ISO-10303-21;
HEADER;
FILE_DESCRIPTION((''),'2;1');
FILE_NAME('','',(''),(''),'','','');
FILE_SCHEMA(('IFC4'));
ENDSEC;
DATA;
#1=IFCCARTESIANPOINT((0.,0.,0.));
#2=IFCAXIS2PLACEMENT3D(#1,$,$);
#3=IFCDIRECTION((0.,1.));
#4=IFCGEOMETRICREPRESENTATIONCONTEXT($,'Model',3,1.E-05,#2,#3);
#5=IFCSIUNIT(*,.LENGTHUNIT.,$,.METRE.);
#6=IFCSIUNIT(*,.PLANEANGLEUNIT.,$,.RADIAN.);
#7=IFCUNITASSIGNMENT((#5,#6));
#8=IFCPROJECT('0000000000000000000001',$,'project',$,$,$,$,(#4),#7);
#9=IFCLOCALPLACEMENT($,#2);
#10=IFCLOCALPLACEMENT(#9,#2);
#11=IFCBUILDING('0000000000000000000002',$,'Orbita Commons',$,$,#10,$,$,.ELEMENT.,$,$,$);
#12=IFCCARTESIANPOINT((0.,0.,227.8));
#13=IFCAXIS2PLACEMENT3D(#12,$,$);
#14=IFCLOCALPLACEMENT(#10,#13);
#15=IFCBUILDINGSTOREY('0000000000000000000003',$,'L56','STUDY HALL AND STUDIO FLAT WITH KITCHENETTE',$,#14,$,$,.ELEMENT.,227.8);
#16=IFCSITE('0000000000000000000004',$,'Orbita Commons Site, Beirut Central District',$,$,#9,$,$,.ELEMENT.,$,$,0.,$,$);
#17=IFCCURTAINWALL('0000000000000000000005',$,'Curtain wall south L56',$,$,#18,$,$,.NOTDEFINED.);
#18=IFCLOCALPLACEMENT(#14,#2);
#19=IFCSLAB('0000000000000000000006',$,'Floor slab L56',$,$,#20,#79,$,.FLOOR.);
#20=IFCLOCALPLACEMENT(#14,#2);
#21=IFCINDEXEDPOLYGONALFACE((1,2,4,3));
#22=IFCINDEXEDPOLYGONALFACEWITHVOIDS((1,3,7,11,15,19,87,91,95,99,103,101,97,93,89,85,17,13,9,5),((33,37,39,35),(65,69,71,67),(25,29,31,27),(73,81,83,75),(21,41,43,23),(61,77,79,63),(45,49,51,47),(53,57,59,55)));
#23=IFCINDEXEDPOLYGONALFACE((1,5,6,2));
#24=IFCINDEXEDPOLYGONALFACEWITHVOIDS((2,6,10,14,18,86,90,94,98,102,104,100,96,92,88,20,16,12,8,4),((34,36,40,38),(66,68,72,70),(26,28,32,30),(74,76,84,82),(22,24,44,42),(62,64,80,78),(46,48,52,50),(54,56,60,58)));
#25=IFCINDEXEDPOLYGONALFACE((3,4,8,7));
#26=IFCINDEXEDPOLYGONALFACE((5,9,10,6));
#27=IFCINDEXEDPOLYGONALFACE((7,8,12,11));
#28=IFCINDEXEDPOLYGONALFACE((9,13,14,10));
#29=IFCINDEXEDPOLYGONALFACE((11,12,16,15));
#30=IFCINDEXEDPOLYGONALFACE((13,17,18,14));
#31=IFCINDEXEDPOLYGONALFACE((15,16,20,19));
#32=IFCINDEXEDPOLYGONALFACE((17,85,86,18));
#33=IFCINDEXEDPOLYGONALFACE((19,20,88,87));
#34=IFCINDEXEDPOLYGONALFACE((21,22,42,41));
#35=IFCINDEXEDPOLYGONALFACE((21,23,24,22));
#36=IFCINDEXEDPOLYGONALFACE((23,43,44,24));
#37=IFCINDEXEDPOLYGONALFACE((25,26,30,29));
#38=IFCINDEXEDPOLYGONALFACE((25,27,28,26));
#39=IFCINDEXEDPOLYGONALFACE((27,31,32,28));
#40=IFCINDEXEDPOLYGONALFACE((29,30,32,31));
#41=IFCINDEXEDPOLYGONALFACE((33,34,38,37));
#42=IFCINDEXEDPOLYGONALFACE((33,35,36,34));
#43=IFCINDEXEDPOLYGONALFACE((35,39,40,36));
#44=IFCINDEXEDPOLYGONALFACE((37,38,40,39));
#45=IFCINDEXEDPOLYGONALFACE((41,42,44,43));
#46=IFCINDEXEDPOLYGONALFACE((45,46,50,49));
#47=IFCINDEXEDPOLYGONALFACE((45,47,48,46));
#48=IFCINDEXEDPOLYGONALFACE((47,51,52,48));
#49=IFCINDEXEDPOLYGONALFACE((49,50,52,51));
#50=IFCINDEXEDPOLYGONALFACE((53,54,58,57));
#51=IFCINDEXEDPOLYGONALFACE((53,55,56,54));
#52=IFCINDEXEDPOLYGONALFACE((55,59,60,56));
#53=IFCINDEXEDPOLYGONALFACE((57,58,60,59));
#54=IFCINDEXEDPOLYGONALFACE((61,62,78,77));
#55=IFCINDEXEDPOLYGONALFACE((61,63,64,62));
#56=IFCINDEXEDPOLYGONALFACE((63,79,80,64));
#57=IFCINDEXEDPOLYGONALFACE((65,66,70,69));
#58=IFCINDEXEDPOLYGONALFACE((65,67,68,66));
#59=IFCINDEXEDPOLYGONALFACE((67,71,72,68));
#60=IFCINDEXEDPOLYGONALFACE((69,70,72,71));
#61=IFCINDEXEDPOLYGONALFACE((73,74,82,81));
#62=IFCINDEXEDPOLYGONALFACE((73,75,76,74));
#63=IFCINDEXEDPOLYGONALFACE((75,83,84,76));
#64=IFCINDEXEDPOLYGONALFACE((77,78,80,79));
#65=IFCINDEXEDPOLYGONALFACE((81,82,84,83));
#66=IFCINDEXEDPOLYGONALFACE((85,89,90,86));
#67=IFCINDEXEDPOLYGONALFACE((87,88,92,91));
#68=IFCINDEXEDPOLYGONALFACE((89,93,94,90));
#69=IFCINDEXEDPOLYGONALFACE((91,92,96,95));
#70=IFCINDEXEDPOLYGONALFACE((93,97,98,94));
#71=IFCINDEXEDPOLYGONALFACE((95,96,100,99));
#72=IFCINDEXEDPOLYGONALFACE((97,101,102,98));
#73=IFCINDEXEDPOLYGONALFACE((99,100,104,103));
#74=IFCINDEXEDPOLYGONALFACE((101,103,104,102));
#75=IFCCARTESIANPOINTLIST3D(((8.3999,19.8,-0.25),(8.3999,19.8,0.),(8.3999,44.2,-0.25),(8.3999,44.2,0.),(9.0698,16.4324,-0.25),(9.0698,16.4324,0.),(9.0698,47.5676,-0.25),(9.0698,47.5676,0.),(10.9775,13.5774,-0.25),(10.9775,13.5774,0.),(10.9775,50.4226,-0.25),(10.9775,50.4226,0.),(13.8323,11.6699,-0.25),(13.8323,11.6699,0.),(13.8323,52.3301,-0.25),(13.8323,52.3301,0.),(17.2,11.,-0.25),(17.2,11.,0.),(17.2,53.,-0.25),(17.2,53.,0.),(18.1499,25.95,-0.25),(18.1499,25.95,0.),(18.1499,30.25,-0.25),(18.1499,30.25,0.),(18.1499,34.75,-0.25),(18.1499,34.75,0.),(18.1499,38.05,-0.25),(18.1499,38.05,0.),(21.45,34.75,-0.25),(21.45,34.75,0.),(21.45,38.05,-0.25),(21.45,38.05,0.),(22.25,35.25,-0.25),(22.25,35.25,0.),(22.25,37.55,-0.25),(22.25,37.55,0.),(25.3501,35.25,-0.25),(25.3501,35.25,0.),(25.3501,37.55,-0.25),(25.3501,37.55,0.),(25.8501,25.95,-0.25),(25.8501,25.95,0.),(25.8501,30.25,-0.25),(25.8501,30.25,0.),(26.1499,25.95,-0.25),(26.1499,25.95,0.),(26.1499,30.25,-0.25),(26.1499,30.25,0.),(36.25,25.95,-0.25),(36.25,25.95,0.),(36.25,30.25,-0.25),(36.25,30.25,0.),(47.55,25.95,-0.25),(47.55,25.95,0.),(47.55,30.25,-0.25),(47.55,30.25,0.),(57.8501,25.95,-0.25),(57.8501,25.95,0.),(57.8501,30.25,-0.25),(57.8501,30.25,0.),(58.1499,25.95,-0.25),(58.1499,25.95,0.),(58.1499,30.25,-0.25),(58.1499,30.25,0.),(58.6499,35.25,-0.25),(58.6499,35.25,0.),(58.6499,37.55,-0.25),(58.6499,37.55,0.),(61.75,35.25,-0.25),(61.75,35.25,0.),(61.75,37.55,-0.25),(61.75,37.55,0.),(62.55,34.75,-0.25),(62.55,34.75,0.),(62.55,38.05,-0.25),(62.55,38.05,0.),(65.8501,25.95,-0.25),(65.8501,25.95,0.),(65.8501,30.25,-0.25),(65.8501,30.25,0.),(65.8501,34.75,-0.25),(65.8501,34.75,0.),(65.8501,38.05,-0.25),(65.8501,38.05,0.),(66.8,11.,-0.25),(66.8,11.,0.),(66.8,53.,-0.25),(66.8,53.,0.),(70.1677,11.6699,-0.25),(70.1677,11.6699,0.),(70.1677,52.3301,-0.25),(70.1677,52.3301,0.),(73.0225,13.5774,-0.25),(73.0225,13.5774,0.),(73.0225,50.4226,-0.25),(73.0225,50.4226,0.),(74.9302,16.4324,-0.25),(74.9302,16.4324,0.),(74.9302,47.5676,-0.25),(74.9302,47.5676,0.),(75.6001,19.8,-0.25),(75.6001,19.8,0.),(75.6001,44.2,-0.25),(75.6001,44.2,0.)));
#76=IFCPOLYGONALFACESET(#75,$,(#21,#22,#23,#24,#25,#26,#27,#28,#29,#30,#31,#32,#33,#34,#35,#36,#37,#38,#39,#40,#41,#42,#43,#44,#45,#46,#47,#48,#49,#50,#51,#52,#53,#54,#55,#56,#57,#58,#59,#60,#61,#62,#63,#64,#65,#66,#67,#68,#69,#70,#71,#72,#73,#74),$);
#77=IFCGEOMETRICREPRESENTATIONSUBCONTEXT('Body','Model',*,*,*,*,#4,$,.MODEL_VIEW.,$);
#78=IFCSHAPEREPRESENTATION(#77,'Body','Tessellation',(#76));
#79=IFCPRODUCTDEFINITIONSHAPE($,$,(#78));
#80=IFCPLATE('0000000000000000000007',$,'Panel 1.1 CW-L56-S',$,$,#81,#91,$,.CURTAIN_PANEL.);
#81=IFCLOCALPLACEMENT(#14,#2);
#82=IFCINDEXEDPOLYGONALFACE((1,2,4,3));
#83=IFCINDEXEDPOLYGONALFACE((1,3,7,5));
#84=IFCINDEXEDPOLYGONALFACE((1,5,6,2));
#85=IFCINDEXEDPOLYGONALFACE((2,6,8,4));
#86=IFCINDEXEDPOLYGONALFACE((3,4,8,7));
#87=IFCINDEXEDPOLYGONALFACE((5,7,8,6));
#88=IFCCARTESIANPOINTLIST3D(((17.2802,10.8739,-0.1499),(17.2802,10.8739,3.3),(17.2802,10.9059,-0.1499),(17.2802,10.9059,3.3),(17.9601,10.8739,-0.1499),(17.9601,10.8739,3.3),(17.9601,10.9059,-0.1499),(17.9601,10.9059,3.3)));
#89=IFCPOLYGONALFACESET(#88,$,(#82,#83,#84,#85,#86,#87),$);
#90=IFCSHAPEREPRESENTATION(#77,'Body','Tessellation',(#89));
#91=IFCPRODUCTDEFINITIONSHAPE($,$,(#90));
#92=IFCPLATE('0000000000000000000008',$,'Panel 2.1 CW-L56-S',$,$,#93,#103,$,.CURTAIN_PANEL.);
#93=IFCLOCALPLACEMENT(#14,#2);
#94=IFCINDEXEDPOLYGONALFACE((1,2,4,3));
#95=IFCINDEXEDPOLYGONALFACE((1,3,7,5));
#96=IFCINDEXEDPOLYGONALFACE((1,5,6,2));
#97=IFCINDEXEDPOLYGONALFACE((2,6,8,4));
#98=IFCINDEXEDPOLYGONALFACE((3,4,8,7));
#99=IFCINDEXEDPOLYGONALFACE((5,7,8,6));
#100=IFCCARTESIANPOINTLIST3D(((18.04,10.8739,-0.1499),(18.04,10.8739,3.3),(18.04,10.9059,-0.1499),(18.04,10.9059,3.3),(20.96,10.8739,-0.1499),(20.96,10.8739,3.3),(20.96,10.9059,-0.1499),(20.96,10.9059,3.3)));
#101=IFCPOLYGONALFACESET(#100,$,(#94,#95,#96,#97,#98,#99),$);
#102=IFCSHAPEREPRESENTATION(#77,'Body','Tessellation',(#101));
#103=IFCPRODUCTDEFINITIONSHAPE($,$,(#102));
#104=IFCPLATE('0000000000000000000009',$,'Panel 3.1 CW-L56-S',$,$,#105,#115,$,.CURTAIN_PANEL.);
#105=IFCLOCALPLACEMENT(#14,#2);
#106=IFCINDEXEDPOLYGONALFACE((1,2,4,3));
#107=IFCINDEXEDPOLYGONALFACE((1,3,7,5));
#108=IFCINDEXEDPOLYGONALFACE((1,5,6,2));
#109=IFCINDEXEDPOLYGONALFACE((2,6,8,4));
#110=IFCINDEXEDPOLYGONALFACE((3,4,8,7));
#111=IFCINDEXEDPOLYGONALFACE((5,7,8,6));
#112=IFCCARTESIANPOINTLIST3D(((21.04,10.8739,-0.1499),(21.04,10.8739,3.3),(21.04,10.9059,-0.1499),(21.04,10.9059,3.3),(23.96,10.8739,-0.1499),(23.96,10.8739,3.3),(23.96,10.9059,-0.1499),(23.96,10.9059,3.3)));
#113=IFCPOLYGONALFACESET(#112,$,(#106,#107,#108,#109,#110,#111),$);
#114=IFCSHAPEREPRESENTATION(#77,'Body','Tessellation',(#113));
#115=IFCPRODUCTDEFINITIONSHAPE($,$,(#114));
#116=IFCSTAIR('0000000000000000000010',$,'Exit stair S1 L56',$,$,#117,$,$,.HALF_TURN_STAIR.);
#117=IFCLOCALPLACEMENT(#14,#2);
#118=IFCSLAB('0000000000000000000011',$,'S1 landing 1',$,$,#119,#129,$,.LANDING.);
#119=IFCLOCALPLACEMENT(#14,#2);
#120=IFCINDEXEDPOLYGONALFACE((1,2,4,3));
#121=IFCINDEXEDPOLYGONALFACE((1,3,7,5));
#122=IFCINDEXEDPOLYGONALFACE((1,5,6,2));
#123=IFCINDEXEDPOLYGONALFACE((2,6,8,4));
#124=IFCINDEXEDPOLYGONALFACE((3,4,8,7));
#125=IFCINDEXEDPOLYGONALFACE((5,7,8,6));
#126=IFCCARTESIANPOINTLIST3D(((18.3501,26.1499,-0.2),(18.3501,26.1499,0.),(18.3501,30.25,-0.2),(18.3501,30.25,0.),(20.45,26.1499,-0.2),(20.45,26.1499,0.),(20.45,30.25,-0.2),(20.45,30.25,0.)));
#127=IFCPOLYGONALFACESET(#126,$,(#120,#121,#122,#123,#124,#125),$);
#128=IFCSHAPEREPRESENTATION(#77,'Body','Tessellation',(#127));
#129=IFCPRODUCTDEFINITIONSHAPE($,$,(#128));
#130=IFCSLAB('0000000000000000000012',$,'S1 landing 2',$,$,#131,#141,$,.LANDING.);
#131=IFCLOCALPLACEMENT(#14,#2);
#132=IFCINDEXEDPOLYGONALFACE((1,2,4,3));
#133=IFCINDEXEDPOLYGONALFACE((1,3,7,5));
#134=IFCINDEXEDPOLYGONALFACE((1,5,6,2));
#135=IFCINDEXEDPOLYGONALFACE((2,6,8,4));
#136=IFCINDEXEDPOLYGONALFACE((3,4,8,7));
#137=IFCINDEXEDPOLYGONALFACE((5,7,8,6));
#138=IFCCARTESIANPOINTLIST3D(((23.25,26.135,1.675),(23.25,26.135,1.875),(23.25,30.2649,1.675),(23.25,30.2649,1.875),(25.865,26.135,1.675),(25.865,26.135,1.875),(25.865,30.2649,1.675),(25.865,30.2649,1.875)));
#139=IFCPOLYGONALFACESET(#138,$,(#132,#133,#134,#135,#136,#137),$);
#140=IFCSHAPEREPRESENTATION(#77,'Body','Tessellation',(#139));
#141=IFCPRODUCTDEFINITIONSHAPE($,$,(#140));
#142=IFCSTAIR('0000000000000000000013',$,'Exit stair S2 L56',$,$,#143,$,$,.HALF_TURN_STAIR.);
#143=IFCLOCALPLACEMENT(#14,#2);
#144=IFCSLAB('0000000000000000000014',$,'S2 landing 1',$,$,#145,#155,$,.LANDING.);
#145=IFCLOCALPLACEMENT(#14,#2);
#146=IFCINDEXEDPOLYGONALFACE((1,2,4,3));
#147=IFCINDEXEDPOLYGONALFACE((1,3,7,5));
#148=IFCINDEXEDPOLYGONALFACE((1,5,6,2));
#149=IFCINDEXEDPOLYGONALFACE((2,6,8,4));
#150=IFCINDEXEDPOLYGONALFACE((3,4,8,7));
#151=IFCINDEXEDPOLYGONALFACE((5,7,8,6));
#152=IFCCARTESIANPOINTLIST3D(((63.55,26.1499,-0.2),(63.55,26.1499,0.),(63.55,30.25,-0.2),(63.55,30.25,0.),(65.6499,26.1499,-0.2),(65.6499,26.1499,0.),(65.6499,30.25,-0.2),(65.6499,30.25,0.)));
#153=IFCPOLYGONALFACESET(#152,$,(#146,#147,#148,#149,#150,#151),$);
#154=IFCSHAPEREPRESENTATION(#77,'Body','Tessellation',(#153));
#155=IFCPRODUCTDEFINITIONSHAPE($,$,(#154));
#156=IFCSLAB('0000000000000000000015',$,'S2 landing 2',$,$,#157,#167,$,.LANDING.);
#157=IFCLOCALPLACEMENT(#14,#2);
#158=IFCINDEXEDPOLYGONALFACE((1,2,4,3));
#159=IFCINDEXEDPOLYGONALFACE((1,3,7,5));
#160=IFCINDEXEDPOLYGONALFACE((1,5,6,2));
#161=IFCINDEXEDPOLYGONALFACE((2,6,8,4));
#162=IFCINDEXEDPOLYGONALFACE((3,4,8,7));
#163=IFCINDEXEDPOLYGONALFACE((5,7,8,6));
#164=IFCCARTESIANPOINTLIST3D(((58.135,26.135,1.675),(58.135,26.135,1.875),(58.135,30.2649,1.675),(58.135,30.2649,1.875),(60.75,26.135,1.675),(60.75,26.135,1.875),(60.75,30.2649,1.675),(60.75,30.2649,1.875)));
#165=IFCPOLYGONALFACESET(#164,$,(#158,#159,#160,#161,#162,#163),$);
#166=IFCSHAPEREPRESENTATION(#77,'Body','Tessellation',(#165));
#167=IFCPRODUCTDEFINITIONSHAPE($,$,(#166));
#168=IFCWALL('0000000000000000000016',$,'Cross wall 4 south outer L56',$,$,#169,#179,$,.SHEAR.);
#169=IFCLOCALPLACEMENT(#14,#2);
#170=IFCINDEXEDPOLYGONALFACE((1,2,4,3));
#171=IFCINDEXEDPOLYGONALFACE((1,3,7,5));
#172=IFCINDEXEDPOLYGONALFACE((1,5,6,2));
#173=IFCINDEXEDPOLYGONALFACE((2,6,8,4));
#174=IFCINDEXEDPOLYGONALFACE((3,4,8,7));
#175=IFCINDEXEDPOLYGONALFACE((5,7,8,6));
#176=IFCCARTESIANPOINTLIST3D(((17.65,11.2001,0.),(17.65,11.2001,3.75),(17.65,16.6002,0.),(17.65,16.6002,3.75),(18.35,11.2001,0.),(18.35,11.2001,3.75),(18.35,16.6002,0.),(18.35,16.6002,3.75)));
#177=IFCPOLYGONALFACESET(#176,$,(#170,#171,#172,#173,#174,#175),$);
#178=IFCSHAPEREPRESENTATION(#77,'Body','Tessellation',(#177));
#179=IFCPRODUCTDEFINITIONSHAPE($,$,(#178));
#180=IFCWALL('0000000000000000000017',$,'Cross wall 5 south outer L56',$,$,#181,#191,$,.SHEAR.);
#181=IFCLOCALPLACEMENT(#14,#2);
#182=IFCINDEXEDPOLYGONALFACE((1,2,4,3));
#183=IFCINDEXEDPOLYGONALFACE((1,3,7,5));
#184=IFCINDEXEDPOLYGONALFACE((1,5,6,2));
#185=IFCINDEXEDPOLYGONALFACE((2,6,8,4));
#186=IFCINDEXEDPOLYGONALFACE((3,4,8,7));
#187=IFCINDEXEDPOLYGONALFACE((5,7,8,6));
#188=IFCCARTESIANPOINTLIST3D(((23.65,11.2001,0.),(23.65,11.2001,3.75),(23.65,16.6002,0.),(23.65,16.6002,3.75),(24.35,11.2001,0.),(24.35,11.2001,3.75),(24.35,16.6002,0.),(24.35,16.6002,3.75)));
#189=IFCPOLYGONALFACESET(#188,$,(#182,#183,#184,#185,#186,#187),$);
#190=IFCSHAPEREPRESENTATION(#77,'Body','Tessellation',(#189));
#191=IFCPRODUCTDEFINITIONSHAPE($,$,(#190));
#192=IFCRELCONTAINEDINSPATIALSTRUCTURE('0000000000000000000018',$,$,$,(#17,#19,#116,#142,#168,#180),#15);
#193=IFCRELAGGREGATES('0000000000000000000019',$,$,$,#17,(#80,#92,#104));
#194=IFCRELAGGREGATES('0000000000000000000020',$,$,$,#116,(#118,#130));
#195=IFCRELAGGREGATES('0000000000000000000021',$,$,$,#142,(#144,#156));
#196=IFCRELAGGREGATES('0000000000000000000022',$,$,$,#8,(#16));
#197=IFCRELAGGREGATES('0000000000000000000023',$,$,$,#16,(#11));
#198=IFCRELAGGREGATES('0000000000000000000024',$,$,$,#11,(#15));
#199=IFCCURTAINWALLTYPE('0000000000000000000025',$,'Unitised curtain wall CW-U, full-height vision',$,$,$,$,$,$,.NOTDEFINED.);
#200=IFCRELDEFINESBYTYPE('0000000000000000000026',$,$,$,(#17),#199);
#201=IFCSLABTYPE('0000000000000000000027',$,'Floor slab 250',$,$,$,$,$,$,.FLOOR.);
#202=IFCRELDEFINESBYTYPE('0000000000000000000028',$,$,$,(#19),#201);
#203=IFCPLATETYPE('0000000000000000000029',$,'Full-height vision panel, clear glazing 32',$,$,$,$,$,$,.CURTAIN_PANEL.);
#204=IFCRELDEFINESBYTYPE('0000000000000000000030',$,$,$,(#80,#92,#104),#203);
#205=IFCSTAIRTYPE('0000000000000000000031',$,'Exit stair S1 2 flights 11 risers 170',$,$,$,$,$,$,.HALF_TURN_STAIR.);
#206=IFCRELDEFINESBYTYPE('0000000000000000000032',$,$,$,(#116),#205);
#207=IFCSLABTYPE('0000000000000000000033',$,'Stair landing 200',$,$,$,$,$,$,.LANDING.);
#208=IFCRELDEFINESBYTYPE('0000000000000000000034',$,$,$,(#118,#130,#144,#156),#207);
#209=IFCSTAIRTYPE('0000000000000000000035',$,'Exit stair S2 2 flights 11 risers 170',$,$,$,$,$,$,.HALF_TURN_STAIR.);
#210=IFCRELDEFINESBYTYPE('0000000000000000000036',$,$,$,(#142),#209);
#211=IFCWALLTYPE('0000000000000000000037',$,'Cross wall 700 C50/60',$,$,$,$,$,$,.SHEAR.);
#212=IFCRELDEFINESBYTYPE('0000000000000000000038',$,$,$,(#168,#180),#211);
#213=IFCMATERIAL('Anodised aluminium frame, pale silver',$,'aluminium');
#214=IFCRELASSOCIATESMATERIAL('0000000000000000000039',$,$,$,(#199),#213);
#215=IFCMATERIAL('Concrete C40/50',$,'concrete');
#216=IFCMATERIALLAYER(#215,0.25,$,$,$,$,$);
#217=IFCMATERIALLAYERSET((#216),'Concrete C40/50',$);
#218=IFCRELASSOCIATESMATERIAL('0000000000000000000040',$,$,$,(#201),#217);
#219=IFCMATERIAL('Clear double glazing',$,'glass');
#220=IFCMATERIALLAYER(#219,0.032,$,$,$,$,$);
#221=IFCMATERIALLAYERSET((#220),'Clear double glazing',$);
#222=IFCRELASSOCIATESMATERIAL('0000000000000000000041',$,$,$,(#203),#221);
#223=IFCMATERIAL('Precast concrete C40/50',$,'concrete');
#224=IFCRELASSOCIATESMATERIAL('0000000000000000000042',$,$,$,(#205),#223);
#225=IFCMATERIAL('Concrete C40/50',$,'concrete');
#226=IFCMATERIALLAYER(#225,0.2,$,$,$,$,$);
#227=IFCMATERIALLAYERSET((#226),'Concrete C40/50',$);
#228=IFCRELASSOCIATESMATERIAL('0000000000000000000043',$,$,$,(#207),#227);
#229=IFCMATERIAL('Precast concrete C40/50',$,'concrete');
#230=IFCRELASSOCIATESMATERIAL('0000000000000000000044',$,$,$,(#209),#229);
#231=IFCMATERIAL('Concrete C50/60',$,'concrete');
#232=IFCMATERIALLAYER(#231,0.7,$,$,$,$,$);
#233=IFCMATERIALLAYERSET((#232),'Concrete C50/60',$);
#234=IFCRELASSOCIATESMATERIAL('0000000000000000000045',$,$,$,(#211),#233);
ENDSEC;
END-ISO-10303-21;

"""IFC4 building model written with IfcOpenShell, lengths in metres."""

from ifc_helpers import new_model, si_unit, direction, frame, frame_2d, origin, origin_2d, place, context, subcontext, project, spatial, polyline, rectangle, outline, extrude, material, layer, layer_set, type_object, element, aggregate, save


model = new_model("IFC4")

# Units and contexts
model_context = context("Model", 3, precision=1e-05, world=origin(), true_north=direction((0.0, 1.0)))
body_context = subcontext(model_context, "Body", "Model", "MODEL_VIEW")
ifc_project = project(units=[si_unit("LENGTHUNIT", "METRE"), si_unit("PLANEANGLEUNIT", "RADIAN")], contexts=[model_context])

# Site, building, storey
site_placement = place(None, origin())
site = spatial("IfcSite", under=ifc_project, at=site_placement, Name="Orbita Commons Site, Beirut Central District", CompositionType="ELEMENT", RefElevation=0.0)
building_placement = place(site_placement, origin())
building = spatial("IfcBuilding", under=site, at=building_placement, Name="Orbita Commons", CompositionType="ELEMENT")
storey_placement = place(building_placement, frame((0.0, 0.0, 227.8)))
storey = spatial("IfcBuildingStorey", under=building, at=storey_placement, Name="L56", Description="STUDY HALL AND STUDIO FLAT WITH KITCHENETTE", CompositionType="ELEMENT", Elevation=227.8)

# Curtain wall
ifc_material_1 = material(Name="Anodised aluminium frame, pale silver", Category="aluminium")
curtain_wall_type = type_object("IfcCurtainWallType", Name="Unitised curtain wall CW-U, full-height vision", PredefinedType="NOTDEFINED", material=ifc_material_1)
curtain_wall_placement = place(storey_placement, origin())
curtain_wall = element("IfcCurtainWall", 1, at=curtain_wall_placement, inside=storey, type_object=curtain_wall_type, Name="Curtain wall south L56", PredefinedType="NOTDEFINED")

# Slab
ifc_material_2 = material(Name="Concrete C40/50", Category="concrete")
ifc_layer_1 = layer(ifc_material_2, 0.25)
ifc_layer_set_1 = layer_set([ifc_layer_1], Name="Concrete C40/50")
slab_type_1 = type_object("IfcSlabType", Name="Floor slab 250", PredefinedType="FLOOR", material=ifc_layer_set_1)
slab_1_placement = place(storey_placement, frame((0.0, 0.0, -0.25)))
element("IfcSlab", 2, at=slab_1_placement, inside=storey, type_object=slab_type_1, Name="Floor slab L56", PredefinedType="FLOOR", context=body_context, shape_type="SweptSolid", body=[
    extrude(outline(polyline([(66.8, 11.0), (70.1677, 11.6699), (73.0225, 13.5774), (74.9302, 16.4324), (75.6001, 19.8), (75.6001, 44.2), (74.9302, 47.5676), (73.0225, 50.4226), (70.1677, 52.3301), (66.8, 53.0), (17.2, 53.0), (13.8323, 52.3301), (10.9775, 50.4226), (9.0698, 47.5676), (8.3999, 44.2), (8.3999, 19.8), (9.0698, 16.4324), (10.9775, 13.5774), (13.8323, 11.6699), (17.2, 11.0), (66.8, 11.0)]), holes=[polyline([(18.1499, 25.95), (25.8501, 25.95), (25.8501, 30.25), (18.1499, 30.25), (18.1499, 25.95)]), polyline([(58.1499, 25.95), (65.8501, 25.95), (65.8501, 30.25), (58.1499, 30.25), (58.1499, 25.95)]), polyline([(18.1499, 34.75), (21.45, 34.75), (21.45, 38.05), (18.1499, 38.05), (18.1499, 34.75)]), polyline([(62.55, 34.75), (65.8501, 34.75), (65.8501, 38.05), (62.55, 38.05), (62.55, 34.75)]), polyline([(22.25, 35.25), (25.3501, 35.25), (25.3501, 37.55), (22.25, 37.55), (22.25, 35.25)]), polyline([(58.6499, 35.25), (61.75, 35.25), (61.75, 37.55), (58.6499, 37.55), (58.6499, 35.25)]), polyline([(26.1499, 25.95), (36.25, 25.95), (36.25, 30.25), (26.1499, 30.25), (26.1499, 25.95)]), polyline([(47.55, 25.95), (57.8501, 25.95), (57.8501, 30.25), (47.55, 30.25), (47.55, 25.95)])]), origin(), (0.0, 0.0, 1.0), 0.25),
])

# Plates
ifc_material_3 = material(Name="Clear double glazing", Category="glass")
ifc_layer_2 = layer(ifc_material_3, 0.032)
ifc_layer_set_2 = layer_set([ifc_layer_2], Name="Clear double glazing")
plate_type = type_object("IfcPlateType", Name="Full-height vision panel, clear glazing 32", PredefinedType="CURTAIN_PANEL", material=ifc_layer_set_2)
plate_1_placement = place(storey_placement, frame((17.6201, 10.8899, -0.1499), z_axis=(0.0, 0.0, 1.0), x_axis=(1.0, 0.0, 0.0)))
plate_1 = element("IfcPlate", 3, at=plate_1_placement, type_object=plate_type, Name="Panel 1.1 CW-L56-S", PredefinedType="CURTAIN_PANEL", context=body_context, shape_type="SweptSolid", body=[
    extrude(rectangle(XDim=0.6799, YDim=0.032, at=origin_2d()), origin(), (0.0, 0.0, 1.0), 3.45),
])
plate_2_placement = place(storey_placement, frame((19.5, 10.8899, -0.1499), z_axis=(0.0, 0.0, 1.0), x_axis=(1.0, 0.0, 0.0)))
plate_2 = element("IfcPlate", 4, at=plate_2_placement, type_object=plate_type, Name="Panel 2.1 CW-L56-S", PredefinedType="CURTAIN_PANEL", context=body_context, shape_type="SweptSolid", body=[
    extrude(rectangle(XDim=2.9199, YDim=0.032, at=origin_2d()), origin(), (0.0, 0.0, 1.0), 3.45),
])
plate_3_placement = place(storey_placement, frame((22.5, 10.8899, -0.1499), z_axis=(0.0, 0.0, 1.0), x_axis=(1.0, 0.0, 0.0)))
plate_3 = element("IfcPlate", 5, at=plate_3_placement, type_object=plate_type, Name="Panel 3.1 CW-L56-S", PredefinedType="CURTAIN_PANEL", context=body_context, shape_type="SweptSolid", body=[
    extrude(rectangle(XDim=2.9199, YDim=0.032, at=origin_2d()), origin(), (0.0, 0.0, 1.0), 3.45),
])
aggregate(curtain_wall, [plate_1, plate_2, plate_3])

# Stairs, slabs
ifc_material_4 = material(Name="Precast concrete C40/50", Category="concrete")
stair_type_1 = type_object("IfcStairType", Name="Exit stair S1 2 flights 11 risers 170", PredefinedType="HALF_TURN_STAIR", material=ifc_material_4)
stair_1_placement = place(storey_placement, origin())
stair_1 = element("IfcStair", 6, at=stair_1_placement, inside=storey, type_object=stair_type_1, Name="Exit stair S1 L56", PredefinedType="HALF_TURN_STAIR")
ifc_material_5 = material(Name="Concrete C40/50", Category="concrete")
ifc_layer_3 = layer(ifc_material_5, 0.2)
ifc_layer_set_3 = layer_set([ifc_layer_3], Name="Concrete C40/50")
slab_type_2 = type_object("IfcSlabType", Name="Stair landing 200", PredefinedType="LANDING", material=ifc_layer_set_3)
slab_2_placement = place(storey_placement, frame((0.0, 0.0, -0.2)))
slab_2 = element("IfcSlab", 7, at=slab_2_placement, type_object=slab_type_2, Name="S1 landing 1", PredefinedType="LANDING", context=body_context, shape_type="SweptSolid", body=[
    extrude(outline(polyline([(18.3501, 26.1499), (20.45, 26.1499), (20.45, 30.25), (18.3501, 30.25), (18.3501, 26.1499)])), origin(), (0.0, 0.0, 1.0), 0.2),
])
slab_3_placement = place(storey_placement, frame((0.0, 0.0, 1.675)))
slab_3 = element("IfcSlab", 8, at=slab_3_placement, type_object=slab_type_2, Name="S1 landing 2", PredefinedType="LANDING", context=body_context, shape_type="SweptSolid", body=[
    extrude(outline(polyline([(23.25, 26.135), (25.865, 26.135), (25.865, 30.2649), (23.25, 30.2649), (23.25, 26.135)])), origin(), (0.0, 0.0, 1.0), 0.2),
])
aggregate(stair_1, [slab_2, slab_3])
ifc_material_6 = material(Name="Precast concrete C40/50", Category="concrete")
stair_type_2 = type_object("IfcStairType", Name="Exit stair S2 2 flights 11 risers 170", PredefinedType="HALF_TURN_STAIR", material=ifc_material_6)
stair_2_placement = place(storey_placement, origin())
stair_2 = element("IfcStair", 9, at=stair_2_placement, inside=storey, type_object=stair_type_2, Name="Exit stair S2 L56", PredefinedType="HALF_TURN_STAIR")
slab_4_placement = place(storey_placement, frame((0.0, 0.0, -0.2)))
slab_4 = element("IfcSlab", 10, at=slab_4_placement, type_object=slab_type_2, Name="S2 landing 1", PredefinedType="LANDING", context=body_context, shape_type="SweptSolid", body=[
    extrude(outline(polyline([(63.55, 26.1499), (65.6499, 26.1499), (65.6499, 30.25), (63.55, 30.25), (63.55, 26.1499)])), origin(), (0.0, 0.0, 1.0), 0.2),
])
slab_5_placement = place(storey_placement, frame((0.0, 0.0, 1.675)))
slab_5 = element("IfcSlab", 11, at=slab_5_placement, type_object=slab_type_2, Name="S2 landing 2", PredefinedType="LANDING", context=body_context, shape_type="SweptSolid", body=[
    extrude(outline(polyline([(58.135, 26.135), (60.75, 26.135), (60.75, 30.2649), (58.135, 30.2649), (58.135, 26.135)])), origin(), (0.0, 0.0, 1.0), 0.2),
])
aggregate(stair_2, [slab_4, slab_5])

# Walls
ifc_material_7 = material(Name="Concrete C50/60", Category="concrete")
ifc_layer_4 = layer(ifc_material_7, 0.7)
ifc_layer_set_4 = layer_set([ifc_layer_4], Name="Concrete C50/60")
wall_type_1 = type_object("IfcWallType", Name="Cross wall 700 C50/60", PredefinedType="SHEAR", material=ifc_layer_set_4)
for number, where, z_axis, x_axis, name in (
    (12, (18.0, 11.2, 0.0), (0.0, 0.0, 1.0), (0.0, 1.0, 0.0), "Cross wall 4 south outer L56"),
    (13, (24.0, 11.2, 0.0), (0.0, 0.0, 1.0), (0.0, 1.0, 0.0), "Cross wall 5 south outer L56"),
):
    element("IfcWall", number, at=place(storey_placement, frame(where, z_axis=z_axis, x_axis=x_axis)), inside=storey, type_object=wall_type_1, Name=name, PredefinedType="SHEAR", context=body_context, shape_type="SweptSolid", body=[
        extrude(rectangle(XDim=5.4001, YDim=0.7, at=frame_2d((2.7002, 0.0))), origin(), (0.0, 0.0, 1.0), 3.75),
    ])

save(model, "model.ifc")
